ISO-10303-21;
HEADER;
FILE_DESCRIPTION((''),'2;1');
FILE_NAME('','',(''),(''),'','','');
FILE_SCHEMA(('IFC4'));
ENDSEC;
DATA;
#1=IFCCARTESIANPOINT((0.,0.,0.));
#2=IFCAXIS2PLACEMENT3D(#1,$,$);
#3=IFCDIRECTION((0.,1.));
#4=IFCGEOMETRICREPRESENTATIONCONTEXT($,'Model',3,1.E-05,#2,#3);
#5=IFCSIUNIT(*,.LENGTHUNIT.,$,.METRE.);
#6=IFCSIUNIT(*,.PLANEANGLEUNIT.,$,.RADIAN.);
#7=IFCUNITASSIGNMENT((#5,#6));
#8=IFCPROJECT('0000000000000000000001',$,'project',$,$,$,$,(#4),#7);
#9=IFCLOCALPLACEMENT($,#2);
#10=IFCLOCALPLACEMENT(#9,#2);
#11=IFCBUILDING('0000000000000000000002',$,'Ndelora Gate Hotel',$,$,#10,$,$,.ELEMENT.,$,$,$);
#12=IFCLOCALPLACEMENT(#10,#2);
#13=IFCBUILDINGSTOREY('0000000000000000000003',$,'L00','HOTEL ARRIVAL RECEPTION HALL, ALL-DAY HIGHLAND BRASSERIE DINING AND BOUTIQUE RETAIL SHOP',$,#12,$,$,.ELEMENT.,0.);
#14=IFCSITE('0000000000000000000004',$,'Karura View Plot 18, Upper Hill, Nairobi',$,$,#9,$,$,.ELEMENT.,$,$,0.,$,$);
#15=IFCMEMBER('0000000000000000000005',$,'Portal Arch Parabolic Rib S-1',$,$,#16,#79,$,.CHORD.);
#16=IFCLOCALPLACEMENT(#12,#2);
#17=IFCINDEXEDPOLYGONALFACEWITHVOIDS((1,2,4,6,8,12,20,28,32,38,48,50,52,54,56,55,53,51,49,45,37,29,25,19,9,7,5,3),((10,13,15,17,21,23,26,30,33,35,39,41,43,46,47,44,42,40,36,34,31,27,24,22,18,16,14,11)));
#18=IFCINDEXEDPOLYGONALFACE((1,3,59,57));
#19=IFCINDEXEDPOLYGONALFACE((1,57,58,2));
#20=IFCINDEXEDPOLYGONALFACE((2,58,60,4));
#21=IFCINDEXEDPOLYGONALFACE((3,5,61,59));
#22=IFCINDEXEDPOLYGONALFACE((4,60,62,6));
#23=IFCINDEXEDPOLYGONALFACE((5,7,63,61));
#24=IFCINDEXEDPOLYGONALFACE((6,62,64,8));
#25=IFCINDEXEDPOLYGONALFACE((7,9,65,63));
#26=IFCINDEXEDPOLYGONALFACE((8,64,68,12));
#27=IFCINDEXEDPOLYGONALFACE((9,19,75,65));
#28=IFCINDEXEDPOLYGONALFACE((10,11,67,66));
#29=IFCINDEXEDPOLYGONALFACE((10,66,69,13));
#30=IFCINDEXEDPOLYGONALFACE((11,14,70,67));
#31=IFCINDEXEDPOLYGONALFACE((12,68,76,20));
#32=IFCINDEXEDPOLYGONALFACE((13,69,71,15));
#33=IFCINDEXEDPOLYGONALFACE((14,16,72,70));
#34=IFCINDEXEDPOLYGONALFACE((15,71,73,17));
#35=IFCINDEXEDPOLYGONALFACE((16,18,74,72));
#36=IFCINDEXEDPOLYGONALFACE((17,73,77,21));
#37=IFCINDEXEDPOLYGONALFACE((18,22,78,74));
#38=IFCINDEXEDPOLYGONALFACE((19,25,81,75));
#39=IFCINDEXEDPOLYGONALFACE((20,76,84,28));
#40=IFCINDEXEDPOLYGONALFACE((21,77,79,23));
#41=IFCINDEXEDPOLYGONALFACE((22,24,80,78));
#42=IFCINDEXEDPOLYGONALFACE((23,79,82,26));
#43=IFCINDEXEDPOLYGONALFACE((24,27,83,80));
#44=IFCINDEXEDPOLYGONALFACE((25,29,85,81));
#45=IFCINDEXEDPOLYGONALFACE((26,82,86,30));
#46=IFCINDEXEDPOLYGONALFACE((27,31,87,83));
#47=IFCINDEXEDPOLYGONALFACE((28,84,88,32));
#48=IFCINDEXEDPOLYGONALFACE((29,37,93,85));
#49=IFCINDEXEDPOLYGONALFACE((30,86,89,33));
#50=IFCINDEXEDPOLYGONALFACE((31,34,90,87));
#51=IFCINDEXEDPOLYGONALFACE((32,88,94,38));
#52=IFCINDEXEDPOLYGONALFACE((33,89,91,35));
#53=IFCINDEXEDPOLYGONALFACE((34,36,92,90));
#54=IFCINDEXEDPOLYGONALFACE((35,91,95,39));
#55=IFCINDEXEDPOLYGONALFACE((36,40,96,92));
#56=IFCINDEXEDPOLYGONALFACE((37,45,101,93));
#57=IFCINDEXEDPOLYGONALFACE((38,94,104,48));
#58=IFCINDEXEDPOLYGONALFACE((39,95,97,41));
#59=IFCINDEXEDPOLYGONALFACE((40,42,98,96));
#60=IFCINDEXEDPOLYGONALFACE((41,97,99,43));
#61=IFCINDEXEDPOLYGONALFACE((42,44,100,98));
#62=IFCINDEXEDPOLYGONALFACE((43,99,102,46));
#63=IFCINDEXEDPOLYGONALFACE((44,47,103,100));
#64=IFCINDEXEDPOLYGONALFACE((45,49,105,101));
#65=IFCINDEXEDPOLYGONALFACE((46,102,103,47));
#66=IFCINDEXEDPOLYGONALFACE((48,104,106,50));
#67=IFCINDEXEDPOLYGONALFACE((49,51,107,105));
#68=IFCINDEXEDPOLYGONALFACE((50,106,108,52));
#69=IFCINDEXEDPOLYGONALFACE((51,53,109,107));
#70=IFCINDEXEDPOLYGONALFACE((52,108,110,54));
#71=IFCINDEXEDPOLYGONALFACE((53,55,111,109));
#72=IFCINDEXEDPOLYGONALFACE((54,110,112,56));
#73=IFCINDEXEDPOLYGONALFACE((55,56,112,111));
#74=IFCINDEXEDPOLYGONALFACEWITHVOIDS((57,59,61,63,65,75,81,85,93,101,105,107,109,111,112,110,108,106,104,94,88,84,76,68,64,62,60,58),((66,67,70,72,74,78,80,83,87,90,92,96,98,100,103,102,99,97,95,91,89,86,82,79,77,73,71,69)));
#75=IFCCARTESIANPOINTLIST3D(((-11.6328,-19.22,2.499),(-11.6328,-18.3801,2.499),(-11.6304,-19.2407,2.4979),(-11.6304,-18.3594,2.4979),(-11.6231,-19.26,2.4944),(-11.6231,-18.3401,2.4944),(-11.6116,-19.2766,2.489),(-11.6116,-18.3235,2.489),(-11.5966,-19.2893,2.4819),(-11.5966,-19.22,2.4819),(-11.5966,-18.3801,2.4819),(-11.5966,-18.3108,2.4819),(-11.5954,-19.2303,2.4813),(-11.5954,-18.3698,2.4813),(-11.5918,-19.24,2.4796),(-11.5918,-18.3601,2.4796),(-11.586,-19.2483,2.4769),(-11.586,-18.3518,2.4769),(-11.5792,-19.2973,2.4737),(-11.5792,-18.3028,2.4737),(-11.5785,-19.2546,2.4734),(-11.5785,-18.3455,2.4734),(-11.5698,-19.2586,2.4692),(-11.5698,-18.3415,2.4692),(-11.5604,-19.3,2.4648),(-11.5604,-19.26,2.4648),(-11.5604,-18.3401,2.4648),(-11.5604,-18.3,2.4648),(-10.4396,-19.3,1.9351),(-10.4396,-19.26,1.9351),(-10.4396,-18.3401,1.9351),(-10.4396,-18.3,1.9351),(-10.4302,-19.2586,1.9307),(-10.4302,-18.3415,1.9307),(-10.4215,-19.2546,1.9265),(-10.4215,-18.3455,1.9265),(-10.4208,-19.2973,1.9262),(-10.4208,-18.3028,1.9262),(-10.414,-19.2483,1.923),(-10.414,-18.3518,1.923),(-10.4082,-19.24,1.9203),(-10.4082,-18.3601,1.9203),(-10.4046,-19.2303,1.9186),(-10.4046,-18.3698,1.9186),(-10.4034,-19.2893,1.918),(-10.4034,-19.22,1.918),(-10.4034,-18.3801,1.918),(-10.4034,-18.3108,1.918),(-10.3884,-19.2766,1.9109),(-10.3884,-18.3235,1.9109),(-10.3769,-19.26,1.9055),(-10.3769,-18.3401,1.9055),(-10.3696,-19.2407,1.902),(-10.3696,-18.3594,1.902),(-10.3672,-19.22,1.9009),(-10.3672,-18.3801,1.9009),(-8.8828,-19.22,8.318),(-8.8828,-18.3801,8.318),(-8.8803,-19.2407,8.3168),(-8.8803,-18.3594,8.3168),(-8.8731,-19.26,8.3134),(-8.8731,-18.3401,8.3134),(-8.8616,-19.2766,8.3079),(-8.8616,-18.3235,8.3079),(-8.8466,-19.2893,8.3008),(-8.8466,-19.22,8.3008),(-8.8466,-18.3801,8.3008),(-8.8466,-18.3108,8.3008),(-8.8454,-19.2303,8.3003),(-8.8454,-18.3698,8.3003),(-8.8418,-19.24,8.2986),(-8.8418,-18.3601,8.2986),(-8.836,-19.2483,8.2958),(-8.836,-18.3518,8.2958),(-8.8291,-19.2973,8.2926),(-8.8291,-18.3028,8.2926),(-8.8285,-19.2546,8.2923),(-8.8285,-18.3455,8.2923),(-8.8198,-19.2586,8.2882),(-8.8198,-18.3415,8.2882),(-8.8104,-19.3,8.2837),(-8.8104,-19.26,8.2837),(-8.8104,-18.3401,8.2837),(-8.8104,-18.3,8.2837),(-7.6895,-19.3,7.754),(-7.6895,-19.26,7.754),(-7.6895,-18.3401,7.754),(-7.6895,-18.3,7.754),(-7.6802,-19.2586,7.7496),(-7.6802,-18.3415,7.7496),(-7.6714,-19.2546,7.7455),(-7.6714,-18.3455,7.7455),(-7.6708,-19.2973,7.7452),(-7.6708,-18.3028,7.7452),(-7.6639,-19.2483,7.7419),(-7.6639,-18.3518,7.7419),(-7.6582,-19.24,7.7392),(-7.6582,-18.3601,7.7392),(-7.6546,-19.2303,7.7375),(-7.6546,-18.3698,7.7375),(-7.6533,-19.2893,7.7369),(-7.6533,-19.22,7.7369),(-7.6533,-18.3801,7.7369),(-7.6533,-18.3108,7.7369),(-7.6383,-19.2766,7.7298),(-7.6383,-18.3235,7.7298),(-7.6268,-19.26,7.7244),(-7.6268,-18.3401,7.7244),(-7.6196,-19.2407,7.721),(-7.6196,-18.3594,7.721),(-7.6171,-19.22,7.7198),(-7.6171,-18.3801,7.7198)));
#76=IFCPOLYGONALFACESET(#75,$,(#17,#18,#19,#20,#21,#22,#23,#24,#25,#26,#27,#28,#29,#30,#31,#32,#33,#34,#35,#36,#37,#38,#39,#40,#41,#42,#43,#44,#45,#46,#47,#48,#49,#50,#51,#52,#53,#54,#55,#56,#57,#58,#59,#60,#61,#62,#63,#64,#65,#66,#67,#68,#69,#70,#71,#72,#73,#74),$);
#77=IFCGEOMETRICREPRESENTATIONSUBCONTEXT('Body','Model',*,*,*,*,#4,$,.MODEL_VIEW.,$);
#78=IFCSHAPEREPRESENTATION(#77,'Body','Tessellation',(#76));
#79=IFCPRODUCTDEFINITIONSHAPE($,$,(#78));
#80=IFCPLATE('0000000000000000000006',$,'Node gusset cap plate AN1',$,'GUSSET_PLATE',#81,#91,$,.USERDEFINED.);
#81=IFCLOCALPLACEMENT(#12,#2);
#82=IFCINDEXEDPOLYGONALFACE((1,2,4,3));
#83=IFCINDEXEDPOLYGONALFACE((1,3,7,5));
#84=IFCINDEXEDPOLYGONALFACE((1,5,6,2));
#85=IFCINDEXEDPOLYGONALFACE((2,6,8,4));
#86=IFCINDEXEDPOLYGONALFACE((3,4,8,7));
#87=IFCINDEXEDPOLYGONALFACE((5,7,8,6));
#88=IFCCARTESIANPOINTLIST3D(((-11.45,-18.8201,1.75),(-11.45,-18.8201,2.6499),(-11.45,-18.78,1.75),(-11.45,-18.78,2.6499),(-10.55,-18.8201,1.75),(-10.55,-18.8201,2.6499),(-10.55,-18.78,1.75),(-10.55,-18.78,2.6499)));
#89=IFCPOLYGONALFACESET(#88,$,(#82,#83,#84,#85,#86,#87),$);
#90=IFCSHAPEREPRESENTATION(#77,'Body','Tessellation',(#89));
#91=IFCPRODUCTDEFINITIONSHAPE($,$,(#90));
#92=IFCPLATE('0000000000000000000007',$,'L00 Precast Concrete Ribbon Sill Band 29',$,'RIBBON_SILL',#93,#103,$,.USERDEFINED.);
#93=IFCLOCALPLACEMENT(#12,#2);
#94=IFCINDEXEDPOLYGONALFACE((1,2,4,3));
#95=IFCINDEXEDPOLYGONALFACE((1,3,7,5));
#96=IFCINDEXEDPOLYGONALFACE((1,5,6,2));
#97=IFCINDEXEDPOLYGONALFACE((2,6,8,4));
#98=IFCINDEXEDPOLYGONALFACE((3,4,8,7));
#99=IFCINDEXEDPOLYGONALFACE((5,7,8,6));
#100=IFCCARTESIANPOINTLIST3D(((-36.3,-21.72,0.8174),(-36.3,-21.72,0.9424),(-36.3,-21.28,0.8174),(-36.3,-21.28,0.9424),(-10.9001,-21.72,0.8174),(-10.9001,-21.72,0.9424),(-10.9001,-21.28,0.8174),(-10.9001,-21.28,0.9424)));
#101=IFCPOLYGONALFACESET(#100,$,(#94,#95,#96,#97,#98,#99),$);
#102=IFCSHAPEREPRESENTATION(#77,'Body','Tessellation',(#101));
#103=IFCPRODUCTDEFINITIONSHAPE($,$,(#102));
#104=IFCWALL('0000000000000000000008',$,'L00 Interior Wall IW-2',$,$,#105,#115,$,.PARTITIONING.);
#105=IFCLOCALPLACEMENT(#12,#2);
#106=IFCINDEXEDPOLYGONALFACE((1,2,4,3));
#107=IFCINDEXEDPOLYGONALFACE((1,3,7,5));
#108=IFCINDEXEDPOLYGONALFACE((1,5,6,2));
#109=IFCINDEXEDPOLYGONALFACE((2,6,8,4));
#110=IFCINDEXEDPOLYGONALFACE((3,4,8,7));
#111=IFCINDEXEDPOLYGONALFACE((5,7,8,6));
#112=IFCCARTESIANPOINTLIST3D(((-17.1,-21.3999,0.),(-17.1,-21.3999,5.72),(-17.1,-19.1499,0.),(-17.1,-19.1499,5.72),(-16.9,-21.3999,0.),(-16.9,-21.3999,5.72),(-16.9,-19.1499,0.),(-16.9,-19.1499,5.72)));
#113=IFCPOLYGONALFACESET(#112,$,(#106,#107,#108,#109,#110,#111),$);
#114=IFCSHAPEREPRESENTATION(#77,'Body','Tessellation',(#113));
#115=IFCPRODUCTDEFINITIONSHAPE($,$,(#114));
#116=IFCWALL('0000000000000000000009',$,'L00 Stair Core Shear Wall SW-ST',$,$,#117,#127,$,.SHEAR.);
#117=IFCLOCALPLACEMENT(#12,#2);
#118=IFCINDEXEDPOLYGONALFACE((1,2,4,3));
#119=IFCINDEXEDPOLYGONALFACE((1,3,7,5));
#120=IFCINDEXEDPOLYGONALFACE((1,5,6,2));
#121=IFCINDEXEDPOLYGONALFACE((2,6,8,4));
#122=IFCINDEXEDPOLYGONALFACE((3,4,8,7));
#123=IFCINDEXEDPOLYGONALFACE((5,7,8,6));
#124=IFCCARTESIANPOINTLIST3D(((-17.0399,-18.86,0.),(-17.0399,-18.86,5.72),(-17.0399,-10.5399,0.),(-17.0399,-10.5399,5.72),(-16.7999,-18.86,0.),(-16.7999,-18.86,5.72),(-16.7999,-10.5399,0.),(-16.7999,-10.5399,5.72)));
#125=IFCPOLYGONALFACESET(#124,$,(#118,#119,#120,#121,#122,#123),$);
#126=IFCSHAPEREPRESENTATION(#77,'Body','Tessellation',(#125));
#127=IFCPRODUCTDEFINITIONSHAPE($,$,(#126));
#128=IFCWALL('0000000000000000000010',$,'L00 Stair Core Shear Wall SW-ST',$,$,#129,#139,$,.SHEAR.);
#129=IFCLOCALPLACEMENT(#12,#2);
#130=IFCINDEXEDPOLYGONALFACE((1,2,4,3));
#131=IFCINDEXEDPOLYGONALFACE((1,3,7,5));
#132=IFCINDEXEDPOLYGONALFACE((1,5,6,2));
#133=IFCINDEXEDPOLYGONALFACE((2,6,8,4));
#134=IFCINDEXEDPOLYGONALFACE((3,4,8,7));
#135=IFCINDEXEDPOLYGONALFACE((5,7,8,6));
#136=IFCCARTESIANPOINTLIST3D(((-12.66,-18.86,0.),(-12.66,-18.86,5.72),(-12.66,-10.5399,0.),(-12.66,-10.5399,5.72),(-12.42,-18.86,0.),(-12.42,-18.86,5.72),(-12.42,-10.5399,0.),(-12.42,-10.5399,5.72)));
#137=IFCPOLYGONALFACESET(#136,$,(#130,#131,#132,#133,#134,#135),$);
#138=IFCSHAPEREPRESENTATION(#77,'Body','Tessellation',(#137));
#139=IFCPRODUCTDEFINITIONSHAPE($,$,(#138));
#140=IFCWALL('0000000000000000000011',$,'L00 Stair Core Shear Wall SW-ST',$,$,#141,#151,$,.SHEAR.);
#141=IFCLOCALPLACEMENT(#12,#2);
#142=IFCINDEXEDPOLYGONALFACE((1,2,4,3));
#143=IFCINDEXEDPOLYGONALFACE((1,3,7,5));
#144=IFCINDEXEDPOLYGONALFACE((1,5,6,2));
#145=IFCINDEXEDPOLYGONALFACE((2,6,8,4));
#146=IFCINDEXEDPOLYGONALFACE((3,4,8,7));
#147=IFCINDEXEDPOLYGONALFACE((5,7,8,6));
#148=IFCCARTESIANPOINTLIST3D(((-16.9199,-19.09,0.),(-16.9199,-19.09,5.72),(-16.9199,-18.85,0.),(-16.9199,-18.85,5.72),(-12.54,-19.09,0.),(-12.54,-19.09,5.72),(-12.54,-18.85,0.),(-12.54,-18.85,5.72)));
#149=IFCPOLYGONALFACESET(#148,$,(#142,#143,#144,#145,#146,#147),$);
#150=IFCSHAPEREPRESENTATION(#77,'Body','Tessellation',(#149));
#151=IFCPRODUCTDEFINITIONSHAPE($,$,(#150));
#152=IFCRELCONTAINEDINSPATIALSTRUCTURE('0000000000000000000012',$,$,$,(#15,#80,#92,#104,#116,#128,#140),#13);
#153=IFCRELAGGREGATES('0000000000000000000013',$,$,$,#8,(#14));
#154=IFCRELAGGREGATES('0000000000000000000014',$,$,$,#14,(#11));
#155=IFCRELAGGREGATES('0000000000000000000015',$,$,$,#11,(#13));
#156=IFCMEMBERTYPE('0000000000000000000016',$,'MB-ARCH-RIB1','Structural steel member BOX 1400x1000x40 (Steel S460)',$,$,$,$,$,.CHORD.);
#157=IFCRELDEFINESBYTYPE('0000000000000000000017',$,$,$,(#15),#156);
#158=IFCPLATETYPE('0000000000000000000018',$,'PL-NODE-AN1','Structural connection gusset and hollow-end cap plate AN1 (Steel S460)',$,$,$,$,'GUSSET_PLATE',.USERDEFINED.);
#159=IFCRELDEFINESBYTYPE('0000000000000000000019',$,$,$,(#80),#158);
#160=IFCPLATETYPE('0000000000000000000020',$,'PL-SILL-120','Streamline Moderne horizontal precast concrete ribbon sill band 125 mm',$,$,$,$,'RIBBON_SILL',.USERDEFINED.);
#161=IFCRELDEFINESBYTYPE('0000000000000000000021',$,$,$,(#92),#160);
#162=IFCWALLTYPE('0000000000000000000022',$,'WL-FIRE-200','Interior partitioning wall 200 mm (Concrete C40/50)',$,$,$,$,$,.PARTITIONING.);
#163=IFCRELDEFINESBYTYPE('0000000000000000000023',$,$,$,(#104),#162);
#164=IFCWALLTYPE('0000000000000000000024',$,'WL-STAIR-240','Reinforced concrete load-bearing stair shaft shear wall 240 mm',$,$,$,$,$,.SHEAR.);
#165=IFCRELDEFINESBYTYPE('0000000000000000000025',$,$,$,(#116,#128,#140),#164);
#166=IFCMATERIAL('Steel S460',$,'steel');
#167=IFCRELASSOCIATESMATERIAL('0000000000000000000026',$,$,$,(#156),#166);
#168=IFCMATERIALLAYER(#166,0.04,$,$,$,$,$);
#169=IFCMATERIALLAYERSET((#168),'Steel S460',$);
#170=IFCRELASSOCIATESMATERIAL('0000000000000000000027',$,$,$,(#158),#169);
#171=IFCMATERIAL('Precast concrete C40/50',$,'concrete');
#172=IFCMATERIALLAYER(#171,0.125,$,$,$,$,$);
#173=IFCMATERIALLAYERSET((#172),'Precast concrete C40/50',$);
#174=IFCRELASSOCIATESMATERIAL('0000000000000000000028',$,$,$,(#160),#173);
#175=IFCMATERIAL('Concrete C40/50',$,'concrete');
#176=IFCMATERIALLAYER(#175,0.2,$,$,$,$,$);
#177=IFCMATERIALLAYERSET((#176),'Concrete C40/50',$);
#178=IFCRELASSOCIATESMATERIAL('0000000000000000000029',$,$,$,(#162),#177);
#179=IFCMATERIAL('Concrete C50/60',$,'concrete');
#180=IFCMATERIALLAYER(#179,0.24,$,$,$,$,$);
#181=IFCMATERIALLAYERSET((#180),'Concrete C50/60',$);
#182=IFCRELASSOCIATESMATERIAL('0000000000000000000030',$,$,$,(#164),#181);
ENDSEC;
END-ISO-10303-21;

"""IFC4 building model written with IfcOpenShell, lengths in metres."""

from ifc_helpers import new_model, si_unit, direction, frame, frame_2d, origin, origin_2d, place, context, subcontext, project, spatial, rectangle, hollow_rectangle, extrude, material, layer, layer_set, material_profile, profile_set, type_object, element, save


model = new_model("IFC4")

# Units and contexts
model_context = context("Model", 3, precision=1e-05, world=origin(), true_north=direction((0.0, 1.0)))
body_context = subcontext(model_context, "Body", "Model", "MODEL_VIEW")
ifc_project = project(units=[si_unit("LENGTHUNIT", "METRE"), si_unit("PLANEANGLEUNIT", "RADIAN")], contexts=[model_context])

# Site, building, storey
site_placement = place(None, origin())
site = spatial("IfcSite", under=ifc_project, at=site_placement, Name="Karura View Plot 18, Upper Hill, Nairobi", CompositionType="ELEMENT", RefElevation=0.0)
building_placement = place(site_placement, origin())
building = spatial("IfcBuilding", under=site, at=building_placement, Name="Ndelora Gate Hotel", CompositionType="ELEMENT")
storey_placement = place(building_placement, origin())
storey = spatial("IfcBuildingStorey", under=building, at=storey_placement, Name="L00", Description="HOTEL ARRIVAL RECEPTION HALL, ALL-DAY HIGHLAND BRASSERIE DINING AND BOUTIQUE RETAIL SHOP", CompositionType="ELEMENT", Elevation=0.0)

# Shared definitions
ifc_material_1 = material(Name="Concrete C40/50", Category="concrete")

# Shared definitions
ifc_material_2 = material(Name="Concrete C50/60", Category="concrete")

# Member
ifc_material_3 = material(Name="Steel S460", Category="steel")
ifc_material_profile_1 = material_profile(ifc_material_3, hollow_rectangle(XDim=1.0, YDim=1.3999, WallThickness=0.04, InnerFilletRadius=0.04, OuterFilletRadius=0.0801, at=origin_2d()), Name="BOX 1400x1000x40")
ifc_profile_set_1 = profile_set([ifc_material_profile_1], Name="Steel S460")
member_type = type_object("IfcMemberType", Name="MB-ARCH-RIB1", Description="Structural steel member BOX 1400x1000x40 (Steel S460)", PredefinedType="CHORD", material=ifc_profile_set_1)
member_placement = place(storey_placement, frame((-11.0, -18.8, 2.2), z_axis=(0.427287, 0.0, 0.904116), x_axis=(0.0, 1.0, 0.0)))
element("IfcMember", 1, at=member_placement, inside=storey, type_object=member_type, Name="Portal Arch Parabolic Rib S-1", PredefinedType="CHORD", context=body_context, shape_type="SweptSolid", body=[
    extrude(hollow_rectangle(XDim=1.0, YDim=1.3999, WallThickness=0.04, InnerFilletRadius=0.04, OuterFilletRadius=0.0801, at=origin_2d()), origin(), (0.0, 0.0, 1.0), 6.436),
])

# Plates
ifc_layer_1 = layer(ifc_material_3, 0.04)
ifc_layer_set_1 = layer_set([ifc_layer_1], Name="Steel S460")
plate_type_1 = type_object("IfcPlateType", Name="PL-NODE-AN1", Description="Structural connection gusset and hollow-end cap plate AN1 (Steel S460)", ElementType="GUSSET_PLATE", PredefinedType="USERDEFINED", material=ifc_layer_set_1)
plate_1_placement = place(storey_placement, frame((-11.0, -18.8, 1.75), z_axis=(0.0, 0.0, 1.0), x_axis=(1.0, 0.0, 0.0)))
element("IfcPlate", 2, at=plate_1_placement, inside=storey, type_object=plate_type_1, Name="Node gusset cap plate AN1", ObjectType="GUSSET_PLATE", PredefinedType="USERDEFINED", context=body_context, shape_type="SweptSolid", body=[
    extrude(rectangle(XDim=0.8999, YDim=0.04, at=origin_2d()), origin(), (0.0, 0.0, 1.0), 0.8999),
])
ifc_material_4 = material(Name="Precast concrete C40/50", Category="concrete")
ifc_layer_2 = layer(ifc_material_4, 0.125)
ifc_layer_set_2 = layer_set([ifc_layer_2], Name="Precast concrete C40/50")
plate_type_2 = type_object("IfcPlateType", Name="PL-SILL-120", Description="Streamline Moderne horizontal precast concrete ribbon sill band 125 mm", ElementType="RIBBON_SILL", PredefinedType="USERDEFINED", material=ifc_layer_set_2)
plate_2_placement = place(storey_placement, frame((-23.6001, -21.5, 0.8174), z_axis=(0.0, 0.0, 1.0), x_axis=(1.0, 0.0, 0.0)))
element("IfcPlate", 3, at=plate_2_placement, inside=storey, type_object=plate_type_2, Name="L00 Precast Concrete Ribbon Sill Band 29", ObjectType="RIBBON_SILL", PredefinedType="USERDEFINED", context=body_context, shape_type="SweptSolid", body=[
    extrude(rectangle(XDim=25.3999, YDim=0.4399, at=origin_2d()), origin(), (0.0, 0.0, 1.0), 0.125),
])

# Walls
ifc_layer_3 = layer(ifc_material_1, 0.2)
ifc_layer_set_3 = layer_set([ifc_layer_3], Name="Concrete C40/50")
wall_type_1 = type_object("IfcWallType", Name="WL-FIRE-200", Description="Interior partitioning wall 200 mm (Concrete C40/50)", PredefinedType="PARTITIONING", material=ifc_layer_set_3)
wall_1_placement = place(storey_placement, frame((-17.0, -19.1499, 0.0), z_axis=(0.0, 0.0, 1.0), x_axis=(0.0, -1.0, 0.0)))
element("IfcWall", 4, at=wall_1_placement, inside=storey, type_object=wall_type_1, Name="L00 Interior Wall IW-2", PredefinedType="PARTITIONING", context=body_context, shape_type="SweptSolid", body=[
    extrude(rectangle(XDim=2.25, YDim=0.2, at=frame_2d((1.125, 0.0))), origin(), (0.0, 0.0, 1.0), 5.72),
])
ifc_layer_4 = layer(ifc_material_2, 0.24)
ifc_layer_set_4 = layer_set([ifc_layer_4], Name="Concrete C50/60")
wall_type_2 = type_object("IfcWallType", Name="WL-STAIR-240", Description="Reinforced concrete load-bearing stair shaft shear wall 240 mm", PredefinedType="SHEAR", material=ifc_layer_set_4)
for number, where, z_axis, x_axis, name in (
    (5, (-16.9199, -18.8601, 0.0), (0.0, 0.0, 1.0), (0.0, 1.0, 0.0), "L00 Stair Core Shear Wall SW-ST"),
    (6, (-12.54, -18.8601, 0.0), (0.0, 0.0, 1.0), (0.0, 1.0, 0.0), "L00 Stair Core Shear Wall SW-ST"),
):
    element("IfcWall", number, at=place(storey_placement, frame(where, z_axis=z_axis, x_axis=x_axis)), inside=storey, type_object=wall_type_2, Name=name, PredefinedType="SHEAR", context=body_context, shape_type="SweptSolid", body=[
        extrude(rectangle(XDim=8.3201, YDim=0.24, at=frame_2d((4.1602, 0.0))), origin(), (0.0, 0.0, 1.0), 5.72),
    ])
wall_2_placement = place(storey_placement, frame((-16.9199, -18.97, 0.0), z_axis=(0.0, 0.0, 1.0), x_axis=(1.0, 0.0, 0.0)))
element("IfcWall", 7, at=wall_2_placement, inside=storey, type_object=wall_type_2, Name="L00 Stair Core Shear Wall SW-ST", PredefinedType="SHEAR", context=body_context, shape_type="SweptSolid", body=[
    extrude(rectangle(XDim=4.3799, YDim=0.24, at=frame_2d((2.1899, 0.0))), origin(), (0.0, 0.0, 1.0), 5.72),
])

save(model, "model.ifc")
